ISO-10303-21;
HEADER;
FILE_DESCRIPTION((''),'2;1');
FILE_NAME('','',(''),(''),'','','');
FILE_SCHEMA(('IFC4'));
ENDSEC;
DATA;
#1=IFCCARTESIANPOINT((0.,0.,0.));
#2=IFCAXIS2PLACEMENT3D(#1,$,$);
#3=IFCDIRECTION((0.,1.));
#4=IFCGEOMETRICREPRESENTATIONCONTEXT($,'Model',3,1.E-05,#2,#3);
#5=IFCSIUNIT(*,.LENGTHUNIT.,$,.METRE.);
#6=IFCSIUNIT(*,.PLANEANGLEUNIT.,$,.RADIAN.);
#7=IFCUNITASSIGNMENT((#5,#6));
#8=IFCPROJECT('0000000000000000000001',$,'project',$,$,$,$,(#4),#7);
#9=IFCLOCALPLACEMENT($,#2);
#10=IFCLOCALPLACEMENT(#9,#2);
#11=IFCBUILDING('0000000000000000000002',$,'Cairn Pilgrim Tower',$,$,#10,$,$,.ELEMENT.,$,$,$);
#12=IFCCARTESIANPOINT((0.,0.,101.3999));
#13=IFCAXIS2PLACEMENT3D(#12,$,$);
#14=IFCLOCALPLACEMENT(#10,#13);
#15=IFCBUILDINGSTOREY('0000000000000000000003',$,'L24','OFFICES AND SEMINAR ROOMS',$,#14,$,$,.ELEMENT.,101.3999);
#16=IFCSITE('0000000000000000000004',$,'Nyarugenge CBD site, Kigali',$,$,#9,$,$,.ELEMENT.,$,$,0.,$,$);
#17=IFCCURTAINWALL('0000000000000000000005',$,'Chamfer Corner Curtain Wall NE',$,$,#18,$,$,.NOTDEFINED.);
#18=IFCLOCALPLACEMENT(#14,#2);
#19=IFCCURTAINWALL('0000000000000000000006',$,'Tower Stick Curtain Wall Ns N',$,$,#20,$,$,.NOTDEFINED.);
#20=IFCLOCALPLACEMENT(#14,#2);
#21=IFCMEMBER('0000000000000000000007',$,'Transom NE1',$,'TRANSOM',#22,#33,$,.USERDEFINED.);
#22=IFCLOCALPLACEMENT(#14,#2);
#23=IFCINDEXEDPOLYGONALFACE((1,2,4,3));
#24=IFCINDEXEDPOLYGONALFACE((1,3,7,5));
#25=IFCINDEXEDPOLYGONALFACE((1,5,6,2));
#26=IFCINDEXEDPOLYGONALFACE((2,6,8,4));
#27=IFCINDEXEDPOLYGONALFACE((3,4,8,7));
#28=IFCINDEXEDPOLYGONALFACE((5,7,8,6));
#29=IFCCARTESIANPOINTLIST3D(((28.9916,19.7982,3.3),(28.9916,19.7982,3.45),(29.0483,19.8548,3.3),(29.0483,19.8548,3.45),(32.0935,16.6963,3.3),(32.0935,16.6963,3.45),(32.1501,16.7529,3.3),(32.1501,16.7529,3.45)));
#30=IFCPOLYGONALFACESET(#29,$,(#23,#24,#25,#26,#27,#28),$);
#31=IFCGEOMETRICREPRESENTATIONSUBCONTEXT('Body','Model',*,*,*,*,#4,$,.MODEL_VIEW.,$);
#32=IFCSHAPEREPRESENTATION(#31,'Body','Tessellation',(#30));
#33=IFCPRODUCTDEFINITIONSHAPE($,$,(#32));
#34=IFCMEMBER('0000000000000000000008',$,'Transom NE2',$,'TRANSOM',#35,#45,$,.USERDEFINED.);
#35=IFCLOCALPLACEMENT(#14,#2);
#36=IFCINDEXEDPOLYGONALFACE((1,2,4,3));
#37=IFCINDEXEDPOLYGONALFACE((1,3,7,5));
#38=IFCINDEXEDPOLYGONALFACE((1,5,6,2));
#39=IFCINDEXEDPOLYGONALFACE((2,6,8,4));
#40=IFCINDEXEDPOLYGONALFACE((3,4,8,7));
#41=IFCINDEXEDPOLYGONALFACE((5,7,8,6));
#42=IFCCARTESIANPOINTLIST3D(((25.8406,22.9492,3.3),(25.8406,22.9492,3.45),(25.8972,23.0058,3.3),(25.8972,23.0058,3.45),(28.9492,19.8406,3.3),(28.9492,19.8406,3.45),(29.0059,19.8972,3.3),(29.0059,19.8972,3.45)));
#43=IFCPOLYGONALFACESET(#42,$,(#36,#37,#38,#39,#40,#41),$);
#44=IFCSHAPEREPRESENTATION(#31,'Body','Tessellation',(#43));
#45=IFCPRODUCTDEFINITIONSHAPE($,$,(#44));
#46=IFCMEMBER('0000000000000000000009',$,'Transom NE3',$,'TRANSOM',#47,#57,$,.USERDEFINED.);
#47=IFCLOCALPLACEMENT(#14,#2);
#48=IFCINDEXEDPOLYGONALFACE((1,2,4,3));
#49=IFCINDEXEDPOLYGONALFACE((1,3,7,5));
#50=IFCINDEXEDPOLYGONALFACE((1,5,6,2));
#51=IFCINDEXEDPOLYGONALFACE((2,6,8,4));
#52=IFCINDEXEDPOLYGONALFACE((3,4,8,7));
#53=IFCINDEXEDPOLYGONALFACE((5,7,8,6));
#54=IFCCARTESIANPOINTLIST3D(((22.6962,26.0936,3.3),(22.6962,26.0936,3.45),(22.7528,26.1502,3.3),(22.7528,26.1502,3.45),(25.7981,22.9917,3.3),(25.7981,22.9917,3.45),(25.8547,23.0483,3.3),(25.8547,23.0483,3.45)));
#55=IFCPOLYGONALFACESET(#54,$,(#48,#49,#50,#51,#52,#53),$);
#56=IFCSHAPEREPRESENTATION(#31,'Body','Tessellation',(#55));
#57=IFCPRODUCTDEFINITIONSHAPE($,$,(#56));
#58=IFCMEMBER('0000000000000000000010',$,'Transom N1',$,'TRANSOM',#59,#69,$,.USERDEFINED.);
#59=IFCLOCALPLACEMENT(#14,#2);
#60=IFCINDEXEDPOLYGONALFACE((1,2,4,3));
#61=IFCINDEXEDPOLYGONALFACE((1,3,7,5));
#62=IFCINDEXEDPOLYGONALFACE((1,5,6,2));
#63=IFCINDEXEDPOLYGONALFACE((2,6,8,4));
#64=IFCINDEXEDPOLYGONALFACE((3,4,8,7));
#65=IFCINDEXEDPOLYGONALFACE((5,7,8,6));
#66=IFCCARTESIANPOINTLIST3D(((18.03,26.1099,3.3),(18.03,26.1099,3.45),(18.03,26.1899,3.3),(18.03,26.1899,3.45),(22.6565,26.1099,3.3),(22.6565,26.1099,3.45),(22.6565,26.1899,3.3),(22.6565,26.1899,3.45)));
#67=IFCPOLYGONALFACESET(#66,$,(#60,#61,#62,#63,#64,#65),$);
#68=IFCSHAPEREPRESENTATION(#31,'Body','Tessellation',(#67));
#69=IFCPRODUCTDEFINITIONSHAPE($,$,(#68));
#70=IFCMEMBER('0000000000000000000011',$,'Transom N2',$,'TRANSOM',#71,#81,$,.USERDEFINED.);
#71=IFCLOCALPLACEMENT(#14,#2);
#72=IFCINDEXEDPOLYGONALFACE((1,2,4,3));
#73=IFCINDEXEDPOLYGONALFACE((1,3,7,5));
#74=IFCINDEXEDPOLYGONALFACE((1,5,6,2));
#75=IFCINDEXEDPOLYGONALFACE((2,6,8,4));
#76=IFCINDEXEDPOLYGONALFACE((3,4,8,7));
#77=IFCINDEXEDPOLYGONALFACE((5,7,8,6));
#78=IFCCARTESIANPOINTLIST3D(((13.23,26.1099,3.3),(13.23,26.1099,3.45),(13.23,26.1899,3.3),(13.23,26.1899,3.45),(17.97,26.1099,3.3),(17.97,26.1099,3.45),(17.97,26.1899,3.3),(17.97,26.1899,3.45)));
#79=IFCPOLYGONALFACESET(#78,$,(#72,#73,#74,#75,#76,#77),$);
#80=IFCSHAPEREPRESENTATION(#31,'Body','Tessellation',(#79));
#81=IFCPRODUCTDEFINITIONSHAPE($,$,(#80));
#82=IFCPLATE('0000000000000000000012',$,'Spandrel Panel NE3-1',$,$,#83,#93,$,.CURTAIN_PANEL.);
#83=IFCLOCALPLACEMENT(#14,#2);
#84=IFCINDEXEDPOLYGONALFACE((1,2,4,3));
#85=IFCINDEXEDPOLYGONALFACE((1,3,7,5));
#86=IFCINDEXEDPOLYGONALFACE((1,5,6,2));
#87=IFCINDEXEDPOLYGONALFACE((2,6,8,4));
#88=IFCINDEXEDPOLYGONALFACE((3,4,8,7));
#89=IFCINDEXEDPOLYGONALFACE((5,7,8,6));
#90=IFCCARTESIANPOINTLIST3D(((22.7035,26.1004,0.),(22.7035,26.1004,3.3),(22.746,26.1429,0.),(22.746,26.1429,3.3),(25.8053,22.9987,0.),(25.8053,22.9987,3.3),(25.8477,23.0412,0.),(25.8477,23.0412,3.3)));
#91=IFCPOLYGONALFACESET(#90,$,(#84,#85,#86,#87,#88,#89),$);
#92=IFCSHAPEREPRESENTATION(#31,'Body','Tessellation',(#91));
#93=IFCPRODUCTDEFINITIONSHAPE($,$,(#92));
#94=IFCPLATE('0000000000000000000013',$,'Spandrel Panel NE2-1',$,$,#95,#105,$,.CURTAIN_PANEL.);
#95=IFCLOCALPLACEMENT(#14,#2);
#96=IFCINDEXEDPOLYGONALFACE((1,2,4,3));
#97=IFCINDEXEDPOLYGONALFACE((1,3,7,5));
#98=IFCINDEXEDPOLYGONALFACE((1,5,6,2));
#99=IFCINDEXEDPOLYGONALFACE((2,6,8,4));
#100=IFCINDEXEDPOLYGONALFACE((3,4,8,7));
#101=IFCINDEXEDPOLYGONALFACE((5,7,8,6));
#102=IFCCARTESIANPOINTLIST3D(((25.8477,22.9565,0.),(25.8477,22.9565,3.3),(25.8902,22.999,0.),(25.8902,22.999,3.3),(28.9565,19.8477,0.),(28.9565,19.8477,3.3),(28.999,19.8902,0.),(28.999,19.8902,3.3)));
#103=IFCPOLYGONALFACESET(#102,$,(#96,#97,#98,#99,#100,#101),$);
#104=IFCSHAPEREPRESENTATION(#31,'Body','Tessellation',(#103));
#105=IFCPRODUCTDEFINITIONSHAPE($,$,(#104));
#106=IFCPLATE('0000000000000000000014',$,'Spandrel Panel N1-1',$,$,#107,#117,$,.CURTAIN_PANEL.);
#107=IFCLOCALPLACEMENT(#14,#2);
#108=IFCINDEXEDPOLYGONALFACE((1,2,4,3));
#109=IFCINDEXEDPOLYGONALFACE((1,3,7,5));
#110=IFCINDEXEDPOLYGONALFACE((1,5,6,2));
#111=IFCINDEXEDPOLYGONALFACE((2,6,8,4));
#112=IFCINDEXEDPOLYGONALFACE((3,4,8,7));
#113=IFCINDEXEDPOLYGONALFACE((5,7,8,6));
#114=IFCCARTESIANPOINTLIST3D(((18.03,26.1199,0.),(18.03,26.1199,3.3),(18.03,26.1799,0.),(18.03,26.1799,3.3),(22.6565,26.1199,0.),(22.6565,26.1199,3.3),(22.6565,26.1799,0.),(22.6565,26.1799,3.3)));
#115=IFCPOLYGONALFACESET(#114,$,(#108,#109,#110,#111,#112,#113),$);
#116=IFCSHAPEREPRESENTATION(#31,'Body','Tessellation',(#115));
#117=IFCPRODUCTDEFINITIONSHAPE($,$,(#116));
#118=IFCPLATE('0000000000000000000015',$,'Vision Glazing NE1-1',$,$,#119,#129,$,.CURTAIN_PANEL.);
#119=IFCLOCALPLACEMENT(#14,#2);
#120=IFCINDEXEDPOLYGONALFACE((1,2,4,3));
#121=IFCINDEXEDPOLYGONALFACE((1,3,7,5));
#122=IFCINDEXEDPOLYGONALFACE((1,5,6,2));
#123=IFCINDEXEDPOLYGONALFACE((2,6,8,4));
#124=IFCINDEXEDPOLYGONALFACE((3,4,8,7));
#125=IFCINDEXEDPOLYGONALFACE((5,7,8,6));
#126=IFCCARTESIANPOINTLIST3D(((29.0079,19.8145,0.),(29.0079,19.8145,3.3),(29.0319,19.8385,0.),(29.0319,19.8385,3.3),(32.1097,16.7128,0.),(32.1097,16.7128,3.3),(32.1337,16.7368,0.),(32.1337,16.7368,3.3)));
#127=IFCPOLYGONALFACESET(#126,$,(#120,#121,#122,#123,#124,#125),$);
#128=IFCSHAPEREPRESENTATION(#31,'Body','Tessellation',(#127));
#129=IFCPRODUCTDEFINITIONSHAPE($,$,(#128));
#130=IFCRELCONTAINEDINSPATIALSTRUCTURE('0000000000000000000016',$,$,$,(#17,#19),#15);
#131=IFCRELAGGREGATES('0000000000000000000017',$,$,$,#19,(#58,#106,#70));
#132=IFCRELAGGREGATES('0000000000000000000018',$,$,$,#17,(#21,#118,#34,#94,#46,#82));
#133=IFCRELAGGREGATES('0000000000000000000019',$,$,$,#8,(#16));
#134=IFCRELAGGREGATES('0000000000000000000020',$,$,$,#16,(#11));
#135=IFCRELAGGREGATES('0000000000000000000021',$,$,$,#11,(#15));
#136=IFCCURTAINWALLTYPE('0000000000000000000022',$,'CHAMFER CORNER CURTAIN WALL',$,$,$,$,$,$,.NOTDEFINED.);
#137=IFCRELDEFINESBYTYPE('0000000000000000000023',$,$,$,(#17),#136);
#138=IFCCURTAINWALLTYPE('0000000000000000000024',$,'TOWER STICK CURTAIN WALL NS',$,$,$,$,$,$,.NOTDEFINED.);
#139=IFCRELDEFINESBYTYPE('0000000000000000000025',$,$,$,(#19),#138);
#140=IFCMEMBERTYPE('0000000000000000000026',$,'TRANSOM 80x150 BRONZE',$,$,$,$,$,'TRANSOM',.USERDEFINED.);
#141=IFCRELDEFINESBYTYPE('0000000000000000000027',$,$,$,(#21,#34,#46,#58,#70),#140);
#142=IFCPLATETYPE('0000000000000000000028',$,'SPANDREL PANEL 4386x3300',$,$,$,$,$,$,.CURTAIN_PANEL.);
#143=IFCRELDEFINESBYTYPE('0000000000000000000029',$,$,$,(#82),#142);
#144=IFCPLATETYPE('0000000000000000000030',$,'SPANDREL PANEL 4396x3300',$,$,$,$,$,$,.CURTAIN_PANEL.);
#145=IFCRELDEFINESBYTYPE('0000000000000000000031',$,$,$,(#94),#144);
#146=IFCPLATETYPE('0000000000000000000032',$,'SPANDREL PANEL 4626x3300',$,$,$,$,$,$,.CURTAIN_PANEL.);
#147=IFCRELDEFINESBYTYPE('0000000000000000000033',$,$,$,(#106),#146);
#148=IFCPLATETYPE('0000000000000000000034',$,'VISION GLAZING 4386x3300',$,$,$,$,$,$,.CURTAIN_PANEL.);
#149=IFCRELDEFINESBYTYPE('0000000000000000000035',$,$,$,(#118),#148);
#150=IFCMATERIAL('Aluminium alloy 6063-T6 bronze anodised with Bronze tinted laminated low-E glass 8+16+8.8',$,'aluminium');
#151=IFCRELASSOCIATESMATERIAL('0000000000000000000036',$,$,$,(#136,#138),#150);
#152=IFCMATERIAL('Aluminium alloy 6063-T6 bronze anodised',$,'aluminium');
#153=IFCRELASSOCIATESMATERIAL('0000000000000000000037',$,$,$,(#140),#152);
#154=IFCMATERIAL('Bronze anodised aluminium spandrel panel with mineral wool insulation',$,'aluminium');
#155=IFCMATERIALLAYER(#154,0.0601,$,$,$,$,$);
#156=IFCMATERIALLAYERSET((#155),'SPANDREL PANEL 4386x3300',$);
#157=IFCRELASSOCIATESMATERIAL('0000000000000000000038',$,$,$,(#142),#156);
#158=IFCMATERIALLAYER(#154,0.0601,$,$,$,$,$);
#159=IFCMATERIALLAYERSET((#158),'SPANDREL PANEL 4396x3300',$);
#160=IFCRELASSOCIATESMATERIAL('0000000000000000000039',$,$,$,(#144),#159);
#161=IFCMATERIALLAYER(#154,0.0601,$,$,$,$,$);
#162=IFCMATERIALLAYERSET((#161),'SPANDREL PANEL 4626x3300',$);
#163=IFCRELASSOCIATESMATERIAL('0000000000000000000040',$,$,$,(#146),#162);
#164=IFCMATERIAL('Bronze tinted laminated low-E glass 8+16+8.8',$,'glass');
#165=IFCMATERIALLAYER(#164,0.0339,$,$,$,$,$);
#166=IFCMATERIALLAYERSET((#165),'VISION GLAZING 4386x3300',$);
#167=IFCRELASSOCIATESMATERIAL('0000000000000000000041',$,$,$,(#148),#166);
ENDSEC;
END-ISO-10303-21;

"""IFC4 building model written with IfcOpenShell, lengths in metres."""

from ifc_helpers import new_model, si_unit, direction, frame, origin, origin_2d, place, context, subcontext, project, spatial, rectangle, extrude, material, layer, layer_set, material_profile, profile_set, type_object, element, aggregate, save


model = new_model("IFC4")

# Units and contexts
model_context = context("Model", 3, precision=1e-05, world=origin(), true_north=direction((0.0, 1.0)))
body_context = subcontext(model_context, "Body", "Model", "MODEL_VIEW")
ifc_project = project(units=[si_unit("LENGTHUNIT", "METRE"), si_unit("PLANEANGLEUNIT", "RADIAN")], contexts=[model_context])

# Site, building, storey
site_placement = place(None, origin())
site = spatial("IfcSite", under=ifc_project, at=site_placement, Name="Nyarugenge CBD site, Kigali", CompositionType="ELEMENT", RefElevation=0.0)
building_placement = place(site_placement, origin())
building = spatial("IfcBuilding", under=site, at=building_placement, Name="Cairn Pilgrim Tower", CompositionType="ELEMENT")
storey_placement = place(building_placement, frame((0.0, 0.0, 101.3999)))
storey = spatial("IfcBuildingStorey", under=building, at=storey_placement, Name="L24", Description="OFFICES AND SEMINAR ROOMS", CompositionType="ELEMENT", Elevation=101.3999)

# Curtain walls
ifc_material_1 = material(Name="Aluminium alloy 6063-T6 bronze anodised with Bronze tinted laminated low-E glass 8+16+8.8", Category="aluminium")
curtain_wall_type_1 = type_object("IfcCurtainWallType", Name="CHAMFER CORNER CURTAIN WALL", PredefinedType="NOTDEFINED", material=ifc_material_1)
curtain_wall_1_placement = place(storey_placement, origin())
curtain_wall_1 = element("IfcCurtainWall", 1, at=curtain_wall_1_placement, inside=storey, type_object=curtain_wall_type_1, Name="Chamfer Corner Curtain Wall NE", PredefinedType="NOTDEFINED")
ifc_material_2 = material(Name="Aluminium alloy 6063-T6 bronze anodised", Category="aluminium")
curtain_wall_type_2 = type_object("IfcCurtainWallType", Name="TOWER STICK CURTAIN WALL NS", PredefinedType="NOTDEFINED", material=ifc_material_1)
curtain_wall_2_placement = place(storey_placement, origin())
curtain_wall_2 = element("IfcCurtainWall", 2, at=curtain_wall_2_placement, inside=storey, type_object=curtain_wall_type_2, Name="Tower Stick Curtain Wall Ns N", PredefinedType="NOTDEFINED")

# Members
ifc_material_profile_1 = material_profile(ifc_material_2, rectangle(XDim=0.0801, YDim=0.1499, at=origin_2d()), Name="TRANSOM 80x150 BRONZE")
ifc_profile_set_1 = profile_set([ifc_material_profile_1], Name="Aluminium alloy 6063-T6 bronze anodised")
member_type_1 = type_object("IfcMemberType", Name="TRANSOM 80x150 BRONZE", ElementType="TRANSOM", PredefinedType="USERDEFINED", material=ifc_profile_set_1)
member_1_placement = place(storey_placement, frame((32.1218, 16.7246, 3.375), z_axis=(-0.707107, 0.707107, 0.0), x_axis=(-0.707107, -0.707107, 0.0)))
member_1 = element("IfcMember", 3, at=member_1_placement, type_object=member_type_1, Name="Transom NE1", ObjectType="TRANSOM", PredefinedType="USERDEFINED", context=body_context, shape_type="SweptSolid", body=[
    extrude(rectangle(XDim=0.0801, YDim=0.1499, at=origin_2d()), origin(), (0.0, 0.0, 1.0), 4.3867),
])
member_2_placement = place(storey_placement, frame((28.9775, 19.8689, 3.375), z_axis=(-0.707107, 0.707107, 0.0), x_axis=(-0.707107, -0.707107, 0.0)))
member_2 = element("IfcMember", 4, at=member_2_placement, type_object=member_type_1, Name="Transom NE2", ObjectType="TRANSOM", PredefinedType="USERDEFINED", context=body_context, shape_type="SweptSolid", body=[
    extrude(rectangle(XDim=0.0801, YDim=0.1499, at=origin_2d()), origin(), (0.0, 0.0, 1.0), 4.3962),
])
member_3_placement = place(storey_placement, frame((25.8264, 23.02, 3.375), z_axis=(-0.707107, 0.707107, 0.0), x_axis=(-0.707107, -0.707107, 0.0)))
member_3 = element("IfcMember", 5, at=member_3_placement, type_object=member_type_1, Name="Transom NE3", ObjectType="TRANSOM", PredefinedType="USERDEFINED", context=body_context, shape_type="SweptSolid", body=[
    extrude(rectangle(XDim=0.0801, YDim=0.1499, at=origin_2d()), origin(), (0.0, 0.0, 1.0), 4.3867),
])
member_4_placement = place(storey_placement, frame((22.6565, 26.1499, 3.375), z_axis=(-1.0, 0.0, 0.0), x_axis=(0.0, -1.0, 0.0)))
member_4 = element("IfcMember", 6, at=member_4_placement, type_object=member_type_1, Name="Transom N1", ObjectType="TRANSOM", PredefinedType="USERDEFINED", context=body_context, shape_type="SweptSolid", body=[
    extrude(rectangle(XDim=0.0801, YDim=0.1499, at=origin_2d()), origin(), (0.0, 0.0, 1.0), 4.6265),
])
member_5_placement = place(storey_placement, frame((17.97, 26.1499, 3.375), z_axis=(-1.0, 0.0, 0.0), x_axis=(0.0, -1.0, 0.0)))
member_5 = element("IfcMember", 7, at=member_5_placement, type_object=member_type_1, Name="Transom N2", ObjectType="TRANSOM", PredefinedType="USERDEFINED", context=body_context, shape_type="SweptSolid", body=[
    extrude(rectangle(XDim=0.0801, YDim=0.1499, at=origin_2d()), origin(), (0.0, 0.0, 1.0), 4.74),
])

# Plates
ifc_material_3 = material(Name="Bronze anodised aluminium spandrel panel with mineral wool insulation", Category="aluminium")
ifc_layer_1 = layer(ifc_material_3, 0.0601)
ifc_layer_set_1 = layer_set([ifc_layer_1], Name="SPANDREL PANEL 4386x3300")
plate_type_1 = type_object("IfcPlateType", Name="SPANDREL PANEL 4386x3300", PredefinedType="CURTAIN_PANEL", material=ifc_layer_set_1)
plate_1_placement = place(storey_placement, frame((24.2756, 24.5708, 0.0), z_axis=(0.0, 0.0, 1.0), x_axis=(-0.707107, 0.707107, 0.0)))
plate_1 = element("IfcPlate", 8, at=plate_1_placement, type_object=plate_type_1, Name="Spandrel Panel NE3-1", PredefinedType="CURTAIN_PANEL", context=body_context, shape_type="SweptSolid", body=[
    extrude(rectangle(XDim=4.3865, YDim=0.0601, at=origin_2d()), origin(), (0.0, 0.0, 1.0), 3.3),
])
ifc_layer_2 = layer(ifc_material_3, 0.0601)
ifc_layer_set_2 = layer_set([ifc_layer_2], Name="SPANDREL PANEL 4396x3300")
plate_type_2 = type_object("IfcPlateType", Name="SPANDREL PANEL 4396x3300", PredefinedType="CURTAIN_PANEL", material=ifc_layer_set_2)
plate_2_placement = place(storey_placement, frame((27.4233, 21.4233, 0.0), z_axis=(0.0, 0.0, 1.0), x_axis=(-0.707107, 0.707107, 0.0)))
plate_2 = element("IfcPlate", 9, at=plate_2_placement, type_object=plate_type_2, Name="Spandrel Panel NE2-1", PredefinedType="CURTAIN_PANEL", context=body_context, shape_type="SweptSolid", body=[
    extrude(rectangle(XDim=4.3965, YDim=0.0601, at=origin_2d()), origin(), (0.0, 0.0, 1.0), 3.3),
])
ifc_layer_3 = layer(ifc_material_3, 0.0601)
ifc_layer_set_3 = layer_set([ifc_layer_3], Name="SPANDREL PANEL 4626x3300")
plate_type_3 = type_object("IfcPlateType", Name="SPANDREL PANEL 4626x3300", PredefinedType="CURTAIN_PANEL", material=ifc_layer_set_3)
plate_3_placement = place(storey_placement, frame((20.3433, 26.1499, 0.0), z_axis=(0.0, 0.0, 1.0), x_axis=(-1.0, 0.0, 0.0)))
plate_3 = element("IfcPlate", 10, at=plate_3_placement, type_object=plate_type_3, Name="Spandrel Panel N1-1", PredefinedType="CURTAIN_PANEL", context=body_context, shape_type="SweptSolid", body=[
    extrude(rectangle(XDim=4.6265, YDim=0.0601, at=origin_2d()), origin(), (0.0, 0.0, 1.0), 3.3),
])
aggregate(curtain_wall_2, [member_4, plate_3, member_5])
ifc_material_4 = material(Name="Bronze tinted laminated low-E glass 8+16+8.8", Category="glass")
ifc_layer_4 = layer(ifc_material_4, 0.0339)
ifc_layer_set_4 = layer_set([ifc_layer_4], Name="VISION GLAZING 4386x3300")
plate_type_4 = type_object("IfcPlateType", Name="VISION GLAZING 4386x3300", PredefinedType="CURTAIN_PANEL", material=ifc_layer_set_4)
plate_4_placement = place(storey_placement, frame((30.5708, 18.2756, 0.0), z_axis=(0.0, 0.0, 1.0), x_axis=(-0.707107, 0.707107, 0.0)))
plate_4 = element("IfcPlate", 11, at=plate_4_placement, type_object=plate_type_4, Name="Vision Glazing NE1-1", PredefinedType="CURTAIN_PANEL", context=body_context, shape_type="SweptSolid", body=[
    extrude(rectangle(XDim=4.3865, YDim=0.0339, at=origin_2d()), origin(), (0.0, 0.0, 1.0), 3.3),
])
aggregate(curtain_wall_1, [member_1, plate_4, member_2, plate_2, member_3, plate_1])

save(model, "model.ifc")
